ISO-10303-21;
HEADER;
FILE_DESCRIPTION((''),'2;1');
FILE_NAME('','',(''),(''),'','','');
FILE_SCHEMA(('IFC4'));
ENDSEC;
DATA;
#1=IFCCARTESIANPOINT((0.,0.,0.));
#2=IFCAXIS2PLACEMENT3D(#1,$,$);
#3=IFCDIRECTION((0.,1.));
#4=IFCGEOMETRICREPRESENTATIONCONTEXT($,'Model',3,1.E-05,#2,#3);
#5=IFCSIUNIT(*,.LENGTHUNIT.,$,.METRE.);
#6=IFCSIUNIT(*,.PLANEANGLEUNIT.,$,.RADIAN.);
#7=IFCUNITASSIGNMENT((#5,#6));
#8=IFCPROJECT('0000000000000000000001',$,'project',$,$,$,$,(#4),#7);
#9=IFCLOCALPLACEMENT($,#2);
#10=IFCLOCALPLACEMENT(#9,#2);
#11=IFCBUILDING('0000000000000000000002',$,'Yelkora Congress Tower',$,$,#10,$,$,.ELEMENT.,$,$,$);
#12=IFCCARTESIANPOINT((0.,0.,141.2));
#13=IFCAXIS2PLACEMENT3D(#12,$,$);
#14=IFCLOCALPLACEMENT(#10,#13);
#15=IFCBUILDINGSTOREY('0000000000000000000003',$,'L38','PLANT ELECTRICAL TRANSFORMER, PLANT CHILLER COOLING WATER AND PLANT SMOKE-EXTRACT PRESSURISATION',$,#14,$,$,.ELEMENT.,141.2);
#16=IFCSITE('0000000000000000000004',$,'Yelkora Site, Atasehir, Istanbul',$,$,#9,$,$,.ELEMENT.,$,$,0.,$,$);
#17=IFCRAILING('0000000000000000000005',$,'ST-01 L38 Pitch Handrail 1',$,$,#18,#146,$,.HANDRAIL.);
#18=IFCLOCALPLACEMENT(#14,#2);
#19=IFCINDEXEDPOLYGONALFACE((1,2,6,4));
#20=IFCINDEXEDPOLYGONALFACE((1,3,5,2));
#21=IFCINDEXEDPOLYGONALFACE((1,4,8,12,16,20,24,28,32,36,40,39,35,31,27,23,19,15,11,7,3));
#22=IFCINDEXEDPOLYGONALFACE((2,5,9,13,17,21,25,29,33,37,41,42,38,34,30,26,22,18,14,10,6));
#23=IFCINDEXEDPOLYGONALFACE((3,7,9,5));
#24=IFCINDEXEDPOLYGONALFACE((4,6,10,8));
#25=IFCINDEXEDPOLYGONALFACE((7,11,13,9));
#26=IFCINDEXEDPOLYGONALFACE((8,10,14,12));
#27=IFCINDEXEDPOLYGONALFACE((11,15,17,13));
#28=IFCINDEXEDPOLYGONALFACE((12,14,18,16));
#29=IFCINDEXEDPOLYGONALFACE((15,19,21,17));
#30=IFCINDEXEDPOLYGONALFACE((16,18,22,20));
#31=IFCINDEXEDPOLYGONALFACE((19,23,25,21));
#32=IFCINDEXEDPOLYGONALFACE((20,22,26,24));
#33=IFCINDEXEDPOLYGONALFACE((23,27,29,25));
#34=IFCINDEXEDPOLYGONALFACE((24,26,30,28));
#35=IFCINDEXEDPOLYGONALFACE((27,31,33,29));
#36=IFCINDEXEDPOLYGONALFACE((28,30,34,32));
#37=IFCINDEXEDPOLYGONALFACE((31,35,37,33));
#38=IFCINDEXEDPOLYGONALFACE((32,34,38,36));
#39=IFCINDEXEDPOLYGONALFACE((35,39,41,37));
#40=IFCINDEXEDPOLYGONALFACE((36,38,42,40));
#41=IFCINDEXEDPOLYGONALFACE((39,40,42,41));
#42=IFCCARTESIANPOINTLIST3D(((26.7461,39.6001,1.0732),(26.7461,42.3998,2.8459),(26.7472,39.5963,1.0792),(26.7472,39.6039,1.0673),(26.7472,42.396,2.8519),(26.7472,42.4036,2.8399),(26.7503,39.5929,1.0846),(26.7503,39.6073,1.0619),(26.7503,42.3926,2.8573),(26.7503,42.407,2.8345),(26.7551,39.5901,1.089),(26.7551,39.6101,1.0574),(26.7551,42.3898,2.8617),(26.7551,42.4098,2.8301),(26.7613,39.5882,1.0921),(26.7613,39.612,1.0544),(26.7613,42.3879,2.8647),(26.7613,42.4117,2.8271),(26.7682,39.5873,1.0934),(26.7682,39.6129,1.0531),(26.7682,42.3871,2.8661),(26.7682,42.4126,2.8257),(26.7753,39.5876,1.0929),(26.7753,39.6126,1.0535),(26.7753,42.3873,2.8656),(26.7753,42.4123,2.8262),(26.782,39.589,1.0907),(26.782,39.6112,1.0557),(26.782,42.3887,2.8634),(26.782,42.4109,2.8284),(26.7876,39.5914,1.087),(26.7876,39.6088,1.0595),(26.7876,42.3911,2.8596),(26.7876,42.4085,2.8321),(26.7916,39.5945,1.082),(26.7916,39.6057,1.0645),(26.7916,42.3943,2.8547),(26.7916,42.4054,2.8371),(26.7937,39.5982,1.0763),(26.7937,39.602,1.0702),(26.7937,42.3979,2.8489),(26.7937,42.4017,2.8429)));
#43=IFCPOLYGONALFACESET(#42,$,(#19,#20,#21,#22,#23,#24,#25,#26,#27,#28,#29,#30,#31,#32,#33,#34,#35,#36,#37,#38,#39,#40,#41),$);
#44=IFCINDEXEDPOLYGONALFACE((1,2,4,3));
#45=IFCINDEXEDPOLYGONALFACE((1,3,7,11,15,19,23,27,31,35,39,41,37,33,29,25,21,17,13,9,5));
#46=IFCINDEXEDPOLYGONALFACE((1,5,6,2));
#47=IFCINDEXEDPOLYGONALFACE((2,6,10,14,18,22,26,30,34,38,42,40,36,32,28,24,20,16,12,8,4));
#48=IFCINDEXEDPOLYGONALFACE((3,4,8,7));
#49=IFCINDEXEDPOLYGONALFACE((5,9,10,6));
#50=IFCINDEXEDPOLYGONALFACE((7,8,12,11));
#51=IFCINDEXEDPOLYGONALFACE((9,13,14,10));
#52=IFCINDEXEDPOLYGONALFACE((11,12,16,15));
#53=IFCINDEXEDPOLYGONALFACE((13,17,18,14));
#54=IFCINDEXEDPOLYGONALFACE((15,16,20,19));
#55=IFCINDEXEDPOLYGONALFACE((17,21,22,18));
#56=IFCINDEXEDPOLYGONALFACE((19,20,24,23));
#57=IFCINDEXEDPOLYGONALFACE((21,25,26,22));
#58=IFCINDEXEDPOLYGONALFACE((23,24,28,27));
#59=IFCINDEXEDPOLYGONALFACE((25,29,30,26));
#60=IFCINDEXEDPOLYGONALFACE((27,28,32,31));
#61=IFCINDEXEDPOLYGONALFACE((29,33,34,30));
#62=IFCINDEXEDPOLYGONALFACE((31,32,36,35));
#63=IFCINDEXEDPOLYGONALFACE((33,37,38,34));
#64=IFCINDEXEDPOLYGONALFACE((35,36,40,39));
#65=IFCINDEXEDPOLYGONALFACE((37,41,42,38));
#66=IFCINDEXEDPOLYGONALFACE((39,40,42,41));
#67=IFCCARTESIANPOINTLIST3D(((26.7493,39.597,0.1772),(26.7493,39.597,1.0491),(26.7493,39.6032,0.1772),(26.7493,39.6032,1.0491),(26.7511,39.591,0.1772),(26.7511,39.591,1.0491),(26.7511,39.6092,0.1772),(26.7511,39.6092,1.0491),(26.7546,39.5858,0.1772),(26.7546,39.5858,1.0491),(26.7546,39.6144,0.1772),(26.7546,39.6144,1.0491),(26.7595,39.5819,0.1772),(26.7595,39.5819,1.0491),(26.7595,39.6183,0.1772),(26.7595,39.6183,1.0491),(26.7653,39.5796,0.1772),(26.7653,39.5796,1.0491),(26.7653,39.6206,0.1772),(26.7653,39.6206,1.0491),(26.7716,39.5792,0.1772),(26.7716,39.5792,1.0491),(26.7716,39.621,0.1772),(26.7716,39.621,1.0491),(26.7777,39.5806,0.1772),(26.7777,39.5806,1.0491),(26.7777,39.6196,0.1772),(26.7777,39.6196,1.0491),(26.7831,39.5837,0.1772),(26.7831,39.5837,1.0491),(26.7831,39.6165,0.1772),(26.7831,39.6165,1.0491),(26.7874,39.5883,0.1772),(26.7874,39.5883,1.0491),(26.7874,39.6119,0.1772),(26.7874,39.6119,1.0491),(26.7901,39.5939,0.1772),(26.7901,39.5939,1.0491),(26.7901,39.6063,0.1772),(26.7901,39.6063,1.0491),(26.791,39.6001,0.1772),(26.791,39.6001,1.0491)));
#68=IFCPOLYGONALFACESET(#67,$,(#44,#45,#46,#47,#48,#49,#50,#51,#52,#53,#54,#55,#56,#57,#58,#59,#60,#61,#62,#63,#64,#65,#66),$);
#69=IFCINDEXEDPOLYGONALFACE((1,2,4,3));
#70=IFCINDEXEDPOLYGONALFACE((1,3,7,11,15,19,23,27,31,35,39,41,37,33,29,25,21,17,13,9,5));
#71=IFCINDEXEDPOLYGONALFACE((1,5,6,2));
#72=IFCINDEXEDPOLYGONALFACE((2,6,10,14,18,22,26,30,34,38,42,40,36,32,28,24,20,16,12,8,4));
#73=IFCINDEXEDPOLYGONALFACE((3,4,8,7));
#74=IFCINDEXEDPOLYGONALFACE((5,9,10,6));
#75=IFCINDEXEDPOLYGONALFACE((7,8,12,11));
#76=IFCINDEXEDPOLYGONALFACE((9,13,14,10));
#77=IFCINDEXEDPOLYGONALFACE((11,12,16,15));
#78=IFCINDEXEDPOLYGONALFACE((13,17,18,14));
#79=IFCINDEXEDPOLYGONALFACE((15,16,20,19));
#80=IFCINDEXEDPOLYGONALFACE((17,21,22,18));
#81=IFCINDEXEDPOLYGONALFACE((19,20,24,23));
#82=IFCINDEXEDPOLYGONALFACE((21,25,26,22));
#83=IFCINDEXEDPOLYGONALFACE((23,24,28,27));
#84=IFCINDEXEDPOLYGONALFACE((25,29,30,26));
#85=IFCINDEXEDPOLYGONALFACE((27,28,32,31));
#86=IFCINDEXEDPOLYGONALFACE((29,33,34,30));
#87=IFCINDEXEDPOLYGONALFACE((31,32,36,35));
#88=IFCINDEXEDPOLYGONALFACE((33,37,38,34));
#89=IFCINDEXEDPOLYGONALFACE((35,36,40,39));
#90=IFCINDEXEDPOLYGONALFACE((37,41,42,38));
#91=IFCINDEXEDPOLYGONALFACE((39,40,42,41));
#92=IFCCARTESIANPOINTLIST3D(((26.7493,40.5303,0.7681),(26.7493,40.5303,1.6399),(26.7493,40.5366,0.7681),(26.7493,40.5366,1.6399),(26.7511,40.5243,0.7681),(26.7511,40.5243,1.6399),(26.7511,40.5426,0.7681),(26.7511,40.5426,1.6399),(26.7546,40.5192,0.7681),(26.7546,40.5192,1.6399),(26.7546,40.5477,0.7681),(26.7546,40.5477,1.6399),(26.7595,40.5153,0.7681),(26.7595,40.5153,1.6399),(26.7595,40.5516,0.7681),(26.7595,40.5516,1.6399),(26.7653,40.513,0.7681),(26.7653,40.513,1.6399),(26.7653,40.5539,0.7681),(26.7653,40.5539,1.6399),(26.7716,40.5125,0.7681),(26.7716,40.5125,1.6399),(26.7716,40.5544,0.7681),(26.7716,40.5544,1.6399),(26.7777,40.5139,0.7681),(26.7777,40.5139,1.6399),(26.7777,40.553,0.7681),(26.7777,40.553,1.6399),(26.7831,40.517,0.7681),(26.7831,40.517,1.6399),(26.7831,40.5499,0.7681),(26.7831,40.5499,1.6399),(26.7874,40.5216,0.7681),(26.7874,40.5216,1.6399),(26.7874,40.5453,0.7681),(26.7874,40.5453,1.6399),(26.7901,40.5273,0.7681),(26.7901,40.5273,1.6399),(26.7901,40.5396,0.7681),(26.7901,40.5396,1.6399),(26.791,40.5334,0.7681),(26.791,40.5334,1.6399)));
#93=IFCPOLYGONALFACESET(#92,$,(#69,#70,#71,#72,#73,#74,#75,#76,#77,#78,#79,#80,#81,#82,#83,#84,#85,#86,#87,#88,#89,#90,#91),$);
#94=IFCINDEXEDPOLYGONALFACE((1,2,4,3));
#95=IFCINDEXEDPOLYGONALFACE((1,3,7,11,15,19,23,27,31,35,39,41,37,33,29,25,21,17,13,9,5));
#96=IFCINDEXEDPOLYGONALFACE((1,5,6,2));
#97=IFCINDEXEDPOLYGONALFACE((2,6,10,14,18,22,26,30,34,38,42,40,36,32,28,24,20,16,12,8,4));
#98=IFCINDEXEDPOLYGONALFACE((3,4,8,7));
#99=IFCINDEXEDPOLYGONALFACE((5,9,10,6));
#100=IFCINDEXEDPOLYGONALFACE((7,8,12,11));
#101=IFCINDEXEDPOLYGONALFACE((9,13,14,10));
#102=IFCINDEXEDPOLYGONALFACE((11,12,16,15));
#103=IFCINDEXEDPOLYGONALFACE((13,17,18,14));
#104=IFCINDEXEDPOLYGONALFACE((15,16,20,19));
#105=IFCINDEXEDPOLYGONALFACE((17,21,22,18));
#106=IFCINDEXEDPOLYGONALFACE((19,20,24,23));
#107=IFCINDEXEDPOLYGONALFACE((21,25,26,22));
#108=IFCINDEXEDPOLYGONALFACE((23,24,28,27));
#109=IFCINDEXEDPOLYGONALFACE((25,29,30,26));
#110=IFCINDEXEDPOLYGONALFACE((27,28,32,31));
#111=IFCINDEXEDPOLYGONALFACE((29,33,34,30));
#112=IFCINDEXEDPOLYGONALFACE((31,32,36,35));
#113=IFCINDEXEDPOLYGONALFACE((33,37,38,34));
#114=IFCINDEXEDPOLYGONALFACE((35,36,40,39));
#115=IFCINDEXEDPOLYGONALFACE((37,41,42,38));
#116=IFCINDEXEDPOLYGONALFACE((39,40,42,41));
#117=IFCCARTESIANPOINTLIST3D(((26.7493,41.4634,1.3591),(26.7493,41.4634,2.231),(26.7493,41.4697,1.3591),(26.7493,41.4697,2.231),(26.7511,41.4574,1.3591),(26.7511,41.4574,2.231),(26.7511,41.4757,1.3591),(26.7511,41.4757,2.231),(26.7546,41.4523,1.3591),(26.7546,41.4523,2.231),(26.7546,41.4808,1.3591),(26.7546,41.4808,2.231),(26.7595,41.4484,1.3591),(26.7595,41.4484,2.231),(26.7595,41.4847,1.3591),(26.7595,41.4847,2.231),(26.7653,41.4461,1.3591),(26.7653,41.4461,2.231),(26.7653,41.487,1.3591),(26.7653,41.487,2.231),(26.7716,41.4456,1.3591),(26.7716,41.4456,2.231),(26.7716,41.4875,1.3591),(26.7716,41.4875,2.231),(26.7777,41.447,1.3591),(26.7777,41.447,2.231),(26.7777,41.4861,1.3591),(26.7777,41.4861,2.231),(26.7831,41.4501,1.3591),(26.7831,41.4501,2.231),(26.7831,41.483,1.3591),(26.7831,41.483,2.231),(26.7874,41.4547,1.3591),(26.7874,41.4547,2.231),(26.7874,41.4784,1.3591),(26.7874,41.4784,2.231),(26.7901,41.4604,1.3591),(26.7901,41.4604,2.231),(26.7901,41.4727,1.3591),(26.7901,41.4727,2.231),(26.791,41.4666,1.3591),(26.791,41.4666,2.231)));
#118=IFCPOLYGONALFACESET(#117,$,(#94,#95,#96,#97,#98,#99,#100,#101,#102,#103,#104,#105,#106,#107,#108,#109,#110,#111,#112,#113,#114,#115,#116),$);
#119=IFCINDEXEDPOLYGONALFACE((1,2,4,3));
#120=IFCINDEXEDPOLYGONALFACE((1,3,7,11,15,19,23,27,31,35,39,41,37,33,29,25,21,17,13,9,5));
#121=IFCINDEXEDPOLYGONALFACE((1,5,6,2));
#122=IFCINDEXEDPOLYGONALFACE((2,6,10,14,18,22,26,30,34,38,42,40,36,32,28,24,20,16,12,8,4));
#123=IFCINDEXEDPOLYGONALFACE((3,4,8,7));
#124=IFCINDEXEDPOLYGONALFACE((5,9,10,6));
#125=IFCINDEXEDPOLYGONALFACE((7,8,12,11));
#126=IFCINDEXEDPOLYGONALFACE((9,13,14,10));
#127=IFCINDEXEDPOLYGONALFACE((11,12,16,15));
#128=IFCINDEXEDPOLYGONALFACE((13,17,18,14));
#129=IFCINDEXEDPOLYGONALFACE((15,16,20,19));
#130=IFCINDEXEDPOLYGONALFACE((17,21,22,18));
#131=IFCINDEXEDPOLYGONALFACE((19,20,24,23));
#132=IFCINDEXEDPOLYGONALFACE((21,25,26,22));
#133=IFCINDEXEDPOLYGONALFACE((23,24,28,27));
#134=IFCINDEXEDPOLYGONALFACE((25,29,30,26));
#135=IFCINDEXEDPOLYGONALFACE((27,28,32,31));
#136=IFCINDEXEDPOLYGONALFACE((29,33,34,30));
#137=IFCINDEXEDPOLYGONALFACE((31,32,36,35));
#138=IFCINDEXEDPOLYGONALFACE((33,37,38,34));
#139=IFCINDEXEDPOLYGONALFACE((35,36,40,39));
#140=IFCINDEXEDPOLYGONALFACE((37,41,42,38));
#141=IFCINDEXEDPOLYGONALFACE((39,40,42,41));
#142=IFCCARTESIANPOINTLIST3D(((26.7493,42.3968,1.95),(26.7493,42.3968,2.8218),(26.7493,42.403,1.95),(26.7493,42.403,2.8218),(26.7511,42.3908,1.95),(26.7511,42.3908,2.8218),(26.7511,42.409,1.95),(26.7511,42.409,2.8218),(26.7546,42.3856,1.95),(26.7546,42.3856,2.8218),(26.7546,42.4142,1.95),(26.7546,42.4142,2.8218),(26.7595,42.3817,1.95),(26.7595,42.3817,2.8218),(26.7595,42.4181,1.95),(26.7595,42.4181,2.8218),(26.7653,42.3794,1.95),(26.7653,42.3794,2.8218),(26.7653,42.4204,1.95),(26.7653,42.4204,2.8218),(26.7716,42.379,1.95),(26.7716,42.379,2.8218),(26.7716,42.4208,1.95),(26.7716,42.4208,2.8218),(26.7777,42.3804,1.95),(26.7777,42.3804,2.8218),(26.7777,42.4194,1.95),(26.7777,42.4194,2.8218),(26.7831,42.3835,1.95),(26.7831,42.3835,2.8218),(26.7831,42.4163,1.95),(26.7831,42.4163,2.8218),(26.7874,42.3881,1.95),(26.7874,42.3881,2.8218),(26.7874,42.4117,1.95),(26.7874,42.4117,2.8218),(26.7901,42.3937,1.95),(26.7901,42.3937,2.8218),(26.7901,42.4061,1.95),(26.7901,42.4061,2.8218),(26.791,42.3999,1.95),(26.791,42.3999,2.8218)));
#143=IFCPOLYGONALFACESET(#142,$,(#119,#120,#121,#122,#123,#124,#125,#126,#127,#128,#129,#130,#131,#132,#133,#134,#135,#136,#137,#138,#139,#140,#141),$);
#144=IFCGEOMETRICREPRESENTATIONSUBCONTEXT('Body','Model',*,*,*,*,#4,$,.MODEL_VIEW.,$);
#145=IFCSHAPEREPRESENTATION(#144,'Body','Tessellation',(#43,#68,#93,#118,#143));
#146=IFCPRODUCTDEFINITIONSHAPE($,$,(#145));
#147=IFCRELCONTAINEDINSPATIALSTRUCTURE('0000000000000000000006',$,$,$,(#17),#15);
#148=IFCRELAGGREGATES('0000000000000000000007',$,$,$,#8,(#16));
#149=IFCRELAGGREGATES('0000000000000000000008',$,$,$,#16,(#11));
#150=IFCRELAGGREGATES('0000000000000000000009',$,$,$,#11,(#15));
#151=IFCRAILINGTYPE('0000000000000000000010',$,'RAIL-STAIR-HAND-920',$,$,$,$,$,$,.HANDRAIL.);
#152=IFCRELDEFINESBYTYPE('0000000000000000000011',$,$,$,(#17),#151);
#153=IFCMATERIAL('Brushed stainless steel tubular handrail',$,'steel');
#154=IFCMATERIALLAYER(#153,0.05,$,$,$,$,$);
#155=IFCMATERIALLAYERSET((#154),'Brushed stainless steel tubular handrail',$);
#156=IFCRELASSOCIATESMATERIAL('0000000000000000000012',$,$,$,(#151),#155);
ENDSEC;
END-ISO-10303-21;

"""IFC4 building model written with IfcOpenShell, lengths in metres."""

from ifc_helpers import new_model, si_unit, direction, frame, origin, origin_2d, place, context, subcontext, project, spatial, circle, extrude, material, layer, layer_set, type_object, element, save


model = new_model("IFC4")

# Units and contexts
model_context = context("Model", 3, precision=1e-05, world=origin(), true_north=direction((0.0, 1.0)))
body_context = subcontext(model_context, "Body", "Model", "MODEL_VIEW")
ifc_project = project(units=[si_unit("LENGTHUNIT", "METRE"), si_unit("PLANEANGLEUNIT", "RADIAN")], contexts=[model_context])

# Site, building, storey
site_placement = place(None, origin())
site = spatial("IfcSite", under=ifc_project, at=site_placement, Name="Yelkora Site, Atasehir, Istanbul", CompositionType="ELEMENT", RefElevation=0.0)
building_placement = place(site_placement, origin())
building = spatial("IfcBuilding", under=site, at=building_placement, Name="Yelkora Congress Tower", CompositionType="ELEMENT")
storey_placement = place(building_placement, frame((0.0, 0.0, 141.2)))
storey = spatial("IfcBuildingStorey", under=building, at=storey_placement, Name="L38", Description="PLANT ELECTRICAL TRANSFORMER, PLANT CHILLER COOLING WATER AND PLANT SMOKE-EXTRACT PRESSURISATION", CompositionType="ELEMENT", Elevation=141.2)

# Railing
ifc_material_1 = material(Name="Brushed stainless steel tubular handrail", Category="steel")
ifc_layer_1 = layer(ifc_material_1, 0.05)
ifc_layer_set_1 = layer_set([ifc_layer_1], Name="Brushed stainless steel tubular handrail")
railing_type_1 = type_object("IfcRailingType", Name="RAIL-STAIR-HAND-920", PredefinedType="HANDRAIL", material=ifc_layer_set_1)
railing_1_placement = place(storey_placement, frame((26.77, 39.6001, 0.1772)))
element("IfcRailing", 1, at=railing_1_placement, inside=storey, type_object=railing_type_1, Name="ST-01 L38 Pitch Handrail 1", PredefinedType="HANDRAIL", context=body_context, shape_type="SweptSolid", body=[
    extrude(circle(Radius=0.0239, at=origin_2d()), frame((0.0, 0.0, 0.896), z_axis=(0.0, 0.844888, 0.534943), x_axis=(-1.0, 0.0, 0.0)), (0.0, 0.0, 1.0), 3.3137),
    extrude(circle(Radius=0.021, at=origin_2d()), origin(), (0.0, 0.0, 1.0), 0.8718),
    extrude(circle(Radius=0.021, at=origin_2d()), frame((0.0, 0.9333, 0.5908)), (0.0, 0.0, 1.0), 0.8718),
    extrude(circle(Radius=0.021, at=origin_2d()), frame((0.0, 1.8665, 1.1819)), (0.0, 0.0, 1.0), 0.8718),
    extrude(circle(Radius=0.021, at=origin_2d()), frame((0.0, 2.7998, 1.7727)), (0.0, 0.0, 1.0), 0.8718),
])

save(model, "model.ifc")
